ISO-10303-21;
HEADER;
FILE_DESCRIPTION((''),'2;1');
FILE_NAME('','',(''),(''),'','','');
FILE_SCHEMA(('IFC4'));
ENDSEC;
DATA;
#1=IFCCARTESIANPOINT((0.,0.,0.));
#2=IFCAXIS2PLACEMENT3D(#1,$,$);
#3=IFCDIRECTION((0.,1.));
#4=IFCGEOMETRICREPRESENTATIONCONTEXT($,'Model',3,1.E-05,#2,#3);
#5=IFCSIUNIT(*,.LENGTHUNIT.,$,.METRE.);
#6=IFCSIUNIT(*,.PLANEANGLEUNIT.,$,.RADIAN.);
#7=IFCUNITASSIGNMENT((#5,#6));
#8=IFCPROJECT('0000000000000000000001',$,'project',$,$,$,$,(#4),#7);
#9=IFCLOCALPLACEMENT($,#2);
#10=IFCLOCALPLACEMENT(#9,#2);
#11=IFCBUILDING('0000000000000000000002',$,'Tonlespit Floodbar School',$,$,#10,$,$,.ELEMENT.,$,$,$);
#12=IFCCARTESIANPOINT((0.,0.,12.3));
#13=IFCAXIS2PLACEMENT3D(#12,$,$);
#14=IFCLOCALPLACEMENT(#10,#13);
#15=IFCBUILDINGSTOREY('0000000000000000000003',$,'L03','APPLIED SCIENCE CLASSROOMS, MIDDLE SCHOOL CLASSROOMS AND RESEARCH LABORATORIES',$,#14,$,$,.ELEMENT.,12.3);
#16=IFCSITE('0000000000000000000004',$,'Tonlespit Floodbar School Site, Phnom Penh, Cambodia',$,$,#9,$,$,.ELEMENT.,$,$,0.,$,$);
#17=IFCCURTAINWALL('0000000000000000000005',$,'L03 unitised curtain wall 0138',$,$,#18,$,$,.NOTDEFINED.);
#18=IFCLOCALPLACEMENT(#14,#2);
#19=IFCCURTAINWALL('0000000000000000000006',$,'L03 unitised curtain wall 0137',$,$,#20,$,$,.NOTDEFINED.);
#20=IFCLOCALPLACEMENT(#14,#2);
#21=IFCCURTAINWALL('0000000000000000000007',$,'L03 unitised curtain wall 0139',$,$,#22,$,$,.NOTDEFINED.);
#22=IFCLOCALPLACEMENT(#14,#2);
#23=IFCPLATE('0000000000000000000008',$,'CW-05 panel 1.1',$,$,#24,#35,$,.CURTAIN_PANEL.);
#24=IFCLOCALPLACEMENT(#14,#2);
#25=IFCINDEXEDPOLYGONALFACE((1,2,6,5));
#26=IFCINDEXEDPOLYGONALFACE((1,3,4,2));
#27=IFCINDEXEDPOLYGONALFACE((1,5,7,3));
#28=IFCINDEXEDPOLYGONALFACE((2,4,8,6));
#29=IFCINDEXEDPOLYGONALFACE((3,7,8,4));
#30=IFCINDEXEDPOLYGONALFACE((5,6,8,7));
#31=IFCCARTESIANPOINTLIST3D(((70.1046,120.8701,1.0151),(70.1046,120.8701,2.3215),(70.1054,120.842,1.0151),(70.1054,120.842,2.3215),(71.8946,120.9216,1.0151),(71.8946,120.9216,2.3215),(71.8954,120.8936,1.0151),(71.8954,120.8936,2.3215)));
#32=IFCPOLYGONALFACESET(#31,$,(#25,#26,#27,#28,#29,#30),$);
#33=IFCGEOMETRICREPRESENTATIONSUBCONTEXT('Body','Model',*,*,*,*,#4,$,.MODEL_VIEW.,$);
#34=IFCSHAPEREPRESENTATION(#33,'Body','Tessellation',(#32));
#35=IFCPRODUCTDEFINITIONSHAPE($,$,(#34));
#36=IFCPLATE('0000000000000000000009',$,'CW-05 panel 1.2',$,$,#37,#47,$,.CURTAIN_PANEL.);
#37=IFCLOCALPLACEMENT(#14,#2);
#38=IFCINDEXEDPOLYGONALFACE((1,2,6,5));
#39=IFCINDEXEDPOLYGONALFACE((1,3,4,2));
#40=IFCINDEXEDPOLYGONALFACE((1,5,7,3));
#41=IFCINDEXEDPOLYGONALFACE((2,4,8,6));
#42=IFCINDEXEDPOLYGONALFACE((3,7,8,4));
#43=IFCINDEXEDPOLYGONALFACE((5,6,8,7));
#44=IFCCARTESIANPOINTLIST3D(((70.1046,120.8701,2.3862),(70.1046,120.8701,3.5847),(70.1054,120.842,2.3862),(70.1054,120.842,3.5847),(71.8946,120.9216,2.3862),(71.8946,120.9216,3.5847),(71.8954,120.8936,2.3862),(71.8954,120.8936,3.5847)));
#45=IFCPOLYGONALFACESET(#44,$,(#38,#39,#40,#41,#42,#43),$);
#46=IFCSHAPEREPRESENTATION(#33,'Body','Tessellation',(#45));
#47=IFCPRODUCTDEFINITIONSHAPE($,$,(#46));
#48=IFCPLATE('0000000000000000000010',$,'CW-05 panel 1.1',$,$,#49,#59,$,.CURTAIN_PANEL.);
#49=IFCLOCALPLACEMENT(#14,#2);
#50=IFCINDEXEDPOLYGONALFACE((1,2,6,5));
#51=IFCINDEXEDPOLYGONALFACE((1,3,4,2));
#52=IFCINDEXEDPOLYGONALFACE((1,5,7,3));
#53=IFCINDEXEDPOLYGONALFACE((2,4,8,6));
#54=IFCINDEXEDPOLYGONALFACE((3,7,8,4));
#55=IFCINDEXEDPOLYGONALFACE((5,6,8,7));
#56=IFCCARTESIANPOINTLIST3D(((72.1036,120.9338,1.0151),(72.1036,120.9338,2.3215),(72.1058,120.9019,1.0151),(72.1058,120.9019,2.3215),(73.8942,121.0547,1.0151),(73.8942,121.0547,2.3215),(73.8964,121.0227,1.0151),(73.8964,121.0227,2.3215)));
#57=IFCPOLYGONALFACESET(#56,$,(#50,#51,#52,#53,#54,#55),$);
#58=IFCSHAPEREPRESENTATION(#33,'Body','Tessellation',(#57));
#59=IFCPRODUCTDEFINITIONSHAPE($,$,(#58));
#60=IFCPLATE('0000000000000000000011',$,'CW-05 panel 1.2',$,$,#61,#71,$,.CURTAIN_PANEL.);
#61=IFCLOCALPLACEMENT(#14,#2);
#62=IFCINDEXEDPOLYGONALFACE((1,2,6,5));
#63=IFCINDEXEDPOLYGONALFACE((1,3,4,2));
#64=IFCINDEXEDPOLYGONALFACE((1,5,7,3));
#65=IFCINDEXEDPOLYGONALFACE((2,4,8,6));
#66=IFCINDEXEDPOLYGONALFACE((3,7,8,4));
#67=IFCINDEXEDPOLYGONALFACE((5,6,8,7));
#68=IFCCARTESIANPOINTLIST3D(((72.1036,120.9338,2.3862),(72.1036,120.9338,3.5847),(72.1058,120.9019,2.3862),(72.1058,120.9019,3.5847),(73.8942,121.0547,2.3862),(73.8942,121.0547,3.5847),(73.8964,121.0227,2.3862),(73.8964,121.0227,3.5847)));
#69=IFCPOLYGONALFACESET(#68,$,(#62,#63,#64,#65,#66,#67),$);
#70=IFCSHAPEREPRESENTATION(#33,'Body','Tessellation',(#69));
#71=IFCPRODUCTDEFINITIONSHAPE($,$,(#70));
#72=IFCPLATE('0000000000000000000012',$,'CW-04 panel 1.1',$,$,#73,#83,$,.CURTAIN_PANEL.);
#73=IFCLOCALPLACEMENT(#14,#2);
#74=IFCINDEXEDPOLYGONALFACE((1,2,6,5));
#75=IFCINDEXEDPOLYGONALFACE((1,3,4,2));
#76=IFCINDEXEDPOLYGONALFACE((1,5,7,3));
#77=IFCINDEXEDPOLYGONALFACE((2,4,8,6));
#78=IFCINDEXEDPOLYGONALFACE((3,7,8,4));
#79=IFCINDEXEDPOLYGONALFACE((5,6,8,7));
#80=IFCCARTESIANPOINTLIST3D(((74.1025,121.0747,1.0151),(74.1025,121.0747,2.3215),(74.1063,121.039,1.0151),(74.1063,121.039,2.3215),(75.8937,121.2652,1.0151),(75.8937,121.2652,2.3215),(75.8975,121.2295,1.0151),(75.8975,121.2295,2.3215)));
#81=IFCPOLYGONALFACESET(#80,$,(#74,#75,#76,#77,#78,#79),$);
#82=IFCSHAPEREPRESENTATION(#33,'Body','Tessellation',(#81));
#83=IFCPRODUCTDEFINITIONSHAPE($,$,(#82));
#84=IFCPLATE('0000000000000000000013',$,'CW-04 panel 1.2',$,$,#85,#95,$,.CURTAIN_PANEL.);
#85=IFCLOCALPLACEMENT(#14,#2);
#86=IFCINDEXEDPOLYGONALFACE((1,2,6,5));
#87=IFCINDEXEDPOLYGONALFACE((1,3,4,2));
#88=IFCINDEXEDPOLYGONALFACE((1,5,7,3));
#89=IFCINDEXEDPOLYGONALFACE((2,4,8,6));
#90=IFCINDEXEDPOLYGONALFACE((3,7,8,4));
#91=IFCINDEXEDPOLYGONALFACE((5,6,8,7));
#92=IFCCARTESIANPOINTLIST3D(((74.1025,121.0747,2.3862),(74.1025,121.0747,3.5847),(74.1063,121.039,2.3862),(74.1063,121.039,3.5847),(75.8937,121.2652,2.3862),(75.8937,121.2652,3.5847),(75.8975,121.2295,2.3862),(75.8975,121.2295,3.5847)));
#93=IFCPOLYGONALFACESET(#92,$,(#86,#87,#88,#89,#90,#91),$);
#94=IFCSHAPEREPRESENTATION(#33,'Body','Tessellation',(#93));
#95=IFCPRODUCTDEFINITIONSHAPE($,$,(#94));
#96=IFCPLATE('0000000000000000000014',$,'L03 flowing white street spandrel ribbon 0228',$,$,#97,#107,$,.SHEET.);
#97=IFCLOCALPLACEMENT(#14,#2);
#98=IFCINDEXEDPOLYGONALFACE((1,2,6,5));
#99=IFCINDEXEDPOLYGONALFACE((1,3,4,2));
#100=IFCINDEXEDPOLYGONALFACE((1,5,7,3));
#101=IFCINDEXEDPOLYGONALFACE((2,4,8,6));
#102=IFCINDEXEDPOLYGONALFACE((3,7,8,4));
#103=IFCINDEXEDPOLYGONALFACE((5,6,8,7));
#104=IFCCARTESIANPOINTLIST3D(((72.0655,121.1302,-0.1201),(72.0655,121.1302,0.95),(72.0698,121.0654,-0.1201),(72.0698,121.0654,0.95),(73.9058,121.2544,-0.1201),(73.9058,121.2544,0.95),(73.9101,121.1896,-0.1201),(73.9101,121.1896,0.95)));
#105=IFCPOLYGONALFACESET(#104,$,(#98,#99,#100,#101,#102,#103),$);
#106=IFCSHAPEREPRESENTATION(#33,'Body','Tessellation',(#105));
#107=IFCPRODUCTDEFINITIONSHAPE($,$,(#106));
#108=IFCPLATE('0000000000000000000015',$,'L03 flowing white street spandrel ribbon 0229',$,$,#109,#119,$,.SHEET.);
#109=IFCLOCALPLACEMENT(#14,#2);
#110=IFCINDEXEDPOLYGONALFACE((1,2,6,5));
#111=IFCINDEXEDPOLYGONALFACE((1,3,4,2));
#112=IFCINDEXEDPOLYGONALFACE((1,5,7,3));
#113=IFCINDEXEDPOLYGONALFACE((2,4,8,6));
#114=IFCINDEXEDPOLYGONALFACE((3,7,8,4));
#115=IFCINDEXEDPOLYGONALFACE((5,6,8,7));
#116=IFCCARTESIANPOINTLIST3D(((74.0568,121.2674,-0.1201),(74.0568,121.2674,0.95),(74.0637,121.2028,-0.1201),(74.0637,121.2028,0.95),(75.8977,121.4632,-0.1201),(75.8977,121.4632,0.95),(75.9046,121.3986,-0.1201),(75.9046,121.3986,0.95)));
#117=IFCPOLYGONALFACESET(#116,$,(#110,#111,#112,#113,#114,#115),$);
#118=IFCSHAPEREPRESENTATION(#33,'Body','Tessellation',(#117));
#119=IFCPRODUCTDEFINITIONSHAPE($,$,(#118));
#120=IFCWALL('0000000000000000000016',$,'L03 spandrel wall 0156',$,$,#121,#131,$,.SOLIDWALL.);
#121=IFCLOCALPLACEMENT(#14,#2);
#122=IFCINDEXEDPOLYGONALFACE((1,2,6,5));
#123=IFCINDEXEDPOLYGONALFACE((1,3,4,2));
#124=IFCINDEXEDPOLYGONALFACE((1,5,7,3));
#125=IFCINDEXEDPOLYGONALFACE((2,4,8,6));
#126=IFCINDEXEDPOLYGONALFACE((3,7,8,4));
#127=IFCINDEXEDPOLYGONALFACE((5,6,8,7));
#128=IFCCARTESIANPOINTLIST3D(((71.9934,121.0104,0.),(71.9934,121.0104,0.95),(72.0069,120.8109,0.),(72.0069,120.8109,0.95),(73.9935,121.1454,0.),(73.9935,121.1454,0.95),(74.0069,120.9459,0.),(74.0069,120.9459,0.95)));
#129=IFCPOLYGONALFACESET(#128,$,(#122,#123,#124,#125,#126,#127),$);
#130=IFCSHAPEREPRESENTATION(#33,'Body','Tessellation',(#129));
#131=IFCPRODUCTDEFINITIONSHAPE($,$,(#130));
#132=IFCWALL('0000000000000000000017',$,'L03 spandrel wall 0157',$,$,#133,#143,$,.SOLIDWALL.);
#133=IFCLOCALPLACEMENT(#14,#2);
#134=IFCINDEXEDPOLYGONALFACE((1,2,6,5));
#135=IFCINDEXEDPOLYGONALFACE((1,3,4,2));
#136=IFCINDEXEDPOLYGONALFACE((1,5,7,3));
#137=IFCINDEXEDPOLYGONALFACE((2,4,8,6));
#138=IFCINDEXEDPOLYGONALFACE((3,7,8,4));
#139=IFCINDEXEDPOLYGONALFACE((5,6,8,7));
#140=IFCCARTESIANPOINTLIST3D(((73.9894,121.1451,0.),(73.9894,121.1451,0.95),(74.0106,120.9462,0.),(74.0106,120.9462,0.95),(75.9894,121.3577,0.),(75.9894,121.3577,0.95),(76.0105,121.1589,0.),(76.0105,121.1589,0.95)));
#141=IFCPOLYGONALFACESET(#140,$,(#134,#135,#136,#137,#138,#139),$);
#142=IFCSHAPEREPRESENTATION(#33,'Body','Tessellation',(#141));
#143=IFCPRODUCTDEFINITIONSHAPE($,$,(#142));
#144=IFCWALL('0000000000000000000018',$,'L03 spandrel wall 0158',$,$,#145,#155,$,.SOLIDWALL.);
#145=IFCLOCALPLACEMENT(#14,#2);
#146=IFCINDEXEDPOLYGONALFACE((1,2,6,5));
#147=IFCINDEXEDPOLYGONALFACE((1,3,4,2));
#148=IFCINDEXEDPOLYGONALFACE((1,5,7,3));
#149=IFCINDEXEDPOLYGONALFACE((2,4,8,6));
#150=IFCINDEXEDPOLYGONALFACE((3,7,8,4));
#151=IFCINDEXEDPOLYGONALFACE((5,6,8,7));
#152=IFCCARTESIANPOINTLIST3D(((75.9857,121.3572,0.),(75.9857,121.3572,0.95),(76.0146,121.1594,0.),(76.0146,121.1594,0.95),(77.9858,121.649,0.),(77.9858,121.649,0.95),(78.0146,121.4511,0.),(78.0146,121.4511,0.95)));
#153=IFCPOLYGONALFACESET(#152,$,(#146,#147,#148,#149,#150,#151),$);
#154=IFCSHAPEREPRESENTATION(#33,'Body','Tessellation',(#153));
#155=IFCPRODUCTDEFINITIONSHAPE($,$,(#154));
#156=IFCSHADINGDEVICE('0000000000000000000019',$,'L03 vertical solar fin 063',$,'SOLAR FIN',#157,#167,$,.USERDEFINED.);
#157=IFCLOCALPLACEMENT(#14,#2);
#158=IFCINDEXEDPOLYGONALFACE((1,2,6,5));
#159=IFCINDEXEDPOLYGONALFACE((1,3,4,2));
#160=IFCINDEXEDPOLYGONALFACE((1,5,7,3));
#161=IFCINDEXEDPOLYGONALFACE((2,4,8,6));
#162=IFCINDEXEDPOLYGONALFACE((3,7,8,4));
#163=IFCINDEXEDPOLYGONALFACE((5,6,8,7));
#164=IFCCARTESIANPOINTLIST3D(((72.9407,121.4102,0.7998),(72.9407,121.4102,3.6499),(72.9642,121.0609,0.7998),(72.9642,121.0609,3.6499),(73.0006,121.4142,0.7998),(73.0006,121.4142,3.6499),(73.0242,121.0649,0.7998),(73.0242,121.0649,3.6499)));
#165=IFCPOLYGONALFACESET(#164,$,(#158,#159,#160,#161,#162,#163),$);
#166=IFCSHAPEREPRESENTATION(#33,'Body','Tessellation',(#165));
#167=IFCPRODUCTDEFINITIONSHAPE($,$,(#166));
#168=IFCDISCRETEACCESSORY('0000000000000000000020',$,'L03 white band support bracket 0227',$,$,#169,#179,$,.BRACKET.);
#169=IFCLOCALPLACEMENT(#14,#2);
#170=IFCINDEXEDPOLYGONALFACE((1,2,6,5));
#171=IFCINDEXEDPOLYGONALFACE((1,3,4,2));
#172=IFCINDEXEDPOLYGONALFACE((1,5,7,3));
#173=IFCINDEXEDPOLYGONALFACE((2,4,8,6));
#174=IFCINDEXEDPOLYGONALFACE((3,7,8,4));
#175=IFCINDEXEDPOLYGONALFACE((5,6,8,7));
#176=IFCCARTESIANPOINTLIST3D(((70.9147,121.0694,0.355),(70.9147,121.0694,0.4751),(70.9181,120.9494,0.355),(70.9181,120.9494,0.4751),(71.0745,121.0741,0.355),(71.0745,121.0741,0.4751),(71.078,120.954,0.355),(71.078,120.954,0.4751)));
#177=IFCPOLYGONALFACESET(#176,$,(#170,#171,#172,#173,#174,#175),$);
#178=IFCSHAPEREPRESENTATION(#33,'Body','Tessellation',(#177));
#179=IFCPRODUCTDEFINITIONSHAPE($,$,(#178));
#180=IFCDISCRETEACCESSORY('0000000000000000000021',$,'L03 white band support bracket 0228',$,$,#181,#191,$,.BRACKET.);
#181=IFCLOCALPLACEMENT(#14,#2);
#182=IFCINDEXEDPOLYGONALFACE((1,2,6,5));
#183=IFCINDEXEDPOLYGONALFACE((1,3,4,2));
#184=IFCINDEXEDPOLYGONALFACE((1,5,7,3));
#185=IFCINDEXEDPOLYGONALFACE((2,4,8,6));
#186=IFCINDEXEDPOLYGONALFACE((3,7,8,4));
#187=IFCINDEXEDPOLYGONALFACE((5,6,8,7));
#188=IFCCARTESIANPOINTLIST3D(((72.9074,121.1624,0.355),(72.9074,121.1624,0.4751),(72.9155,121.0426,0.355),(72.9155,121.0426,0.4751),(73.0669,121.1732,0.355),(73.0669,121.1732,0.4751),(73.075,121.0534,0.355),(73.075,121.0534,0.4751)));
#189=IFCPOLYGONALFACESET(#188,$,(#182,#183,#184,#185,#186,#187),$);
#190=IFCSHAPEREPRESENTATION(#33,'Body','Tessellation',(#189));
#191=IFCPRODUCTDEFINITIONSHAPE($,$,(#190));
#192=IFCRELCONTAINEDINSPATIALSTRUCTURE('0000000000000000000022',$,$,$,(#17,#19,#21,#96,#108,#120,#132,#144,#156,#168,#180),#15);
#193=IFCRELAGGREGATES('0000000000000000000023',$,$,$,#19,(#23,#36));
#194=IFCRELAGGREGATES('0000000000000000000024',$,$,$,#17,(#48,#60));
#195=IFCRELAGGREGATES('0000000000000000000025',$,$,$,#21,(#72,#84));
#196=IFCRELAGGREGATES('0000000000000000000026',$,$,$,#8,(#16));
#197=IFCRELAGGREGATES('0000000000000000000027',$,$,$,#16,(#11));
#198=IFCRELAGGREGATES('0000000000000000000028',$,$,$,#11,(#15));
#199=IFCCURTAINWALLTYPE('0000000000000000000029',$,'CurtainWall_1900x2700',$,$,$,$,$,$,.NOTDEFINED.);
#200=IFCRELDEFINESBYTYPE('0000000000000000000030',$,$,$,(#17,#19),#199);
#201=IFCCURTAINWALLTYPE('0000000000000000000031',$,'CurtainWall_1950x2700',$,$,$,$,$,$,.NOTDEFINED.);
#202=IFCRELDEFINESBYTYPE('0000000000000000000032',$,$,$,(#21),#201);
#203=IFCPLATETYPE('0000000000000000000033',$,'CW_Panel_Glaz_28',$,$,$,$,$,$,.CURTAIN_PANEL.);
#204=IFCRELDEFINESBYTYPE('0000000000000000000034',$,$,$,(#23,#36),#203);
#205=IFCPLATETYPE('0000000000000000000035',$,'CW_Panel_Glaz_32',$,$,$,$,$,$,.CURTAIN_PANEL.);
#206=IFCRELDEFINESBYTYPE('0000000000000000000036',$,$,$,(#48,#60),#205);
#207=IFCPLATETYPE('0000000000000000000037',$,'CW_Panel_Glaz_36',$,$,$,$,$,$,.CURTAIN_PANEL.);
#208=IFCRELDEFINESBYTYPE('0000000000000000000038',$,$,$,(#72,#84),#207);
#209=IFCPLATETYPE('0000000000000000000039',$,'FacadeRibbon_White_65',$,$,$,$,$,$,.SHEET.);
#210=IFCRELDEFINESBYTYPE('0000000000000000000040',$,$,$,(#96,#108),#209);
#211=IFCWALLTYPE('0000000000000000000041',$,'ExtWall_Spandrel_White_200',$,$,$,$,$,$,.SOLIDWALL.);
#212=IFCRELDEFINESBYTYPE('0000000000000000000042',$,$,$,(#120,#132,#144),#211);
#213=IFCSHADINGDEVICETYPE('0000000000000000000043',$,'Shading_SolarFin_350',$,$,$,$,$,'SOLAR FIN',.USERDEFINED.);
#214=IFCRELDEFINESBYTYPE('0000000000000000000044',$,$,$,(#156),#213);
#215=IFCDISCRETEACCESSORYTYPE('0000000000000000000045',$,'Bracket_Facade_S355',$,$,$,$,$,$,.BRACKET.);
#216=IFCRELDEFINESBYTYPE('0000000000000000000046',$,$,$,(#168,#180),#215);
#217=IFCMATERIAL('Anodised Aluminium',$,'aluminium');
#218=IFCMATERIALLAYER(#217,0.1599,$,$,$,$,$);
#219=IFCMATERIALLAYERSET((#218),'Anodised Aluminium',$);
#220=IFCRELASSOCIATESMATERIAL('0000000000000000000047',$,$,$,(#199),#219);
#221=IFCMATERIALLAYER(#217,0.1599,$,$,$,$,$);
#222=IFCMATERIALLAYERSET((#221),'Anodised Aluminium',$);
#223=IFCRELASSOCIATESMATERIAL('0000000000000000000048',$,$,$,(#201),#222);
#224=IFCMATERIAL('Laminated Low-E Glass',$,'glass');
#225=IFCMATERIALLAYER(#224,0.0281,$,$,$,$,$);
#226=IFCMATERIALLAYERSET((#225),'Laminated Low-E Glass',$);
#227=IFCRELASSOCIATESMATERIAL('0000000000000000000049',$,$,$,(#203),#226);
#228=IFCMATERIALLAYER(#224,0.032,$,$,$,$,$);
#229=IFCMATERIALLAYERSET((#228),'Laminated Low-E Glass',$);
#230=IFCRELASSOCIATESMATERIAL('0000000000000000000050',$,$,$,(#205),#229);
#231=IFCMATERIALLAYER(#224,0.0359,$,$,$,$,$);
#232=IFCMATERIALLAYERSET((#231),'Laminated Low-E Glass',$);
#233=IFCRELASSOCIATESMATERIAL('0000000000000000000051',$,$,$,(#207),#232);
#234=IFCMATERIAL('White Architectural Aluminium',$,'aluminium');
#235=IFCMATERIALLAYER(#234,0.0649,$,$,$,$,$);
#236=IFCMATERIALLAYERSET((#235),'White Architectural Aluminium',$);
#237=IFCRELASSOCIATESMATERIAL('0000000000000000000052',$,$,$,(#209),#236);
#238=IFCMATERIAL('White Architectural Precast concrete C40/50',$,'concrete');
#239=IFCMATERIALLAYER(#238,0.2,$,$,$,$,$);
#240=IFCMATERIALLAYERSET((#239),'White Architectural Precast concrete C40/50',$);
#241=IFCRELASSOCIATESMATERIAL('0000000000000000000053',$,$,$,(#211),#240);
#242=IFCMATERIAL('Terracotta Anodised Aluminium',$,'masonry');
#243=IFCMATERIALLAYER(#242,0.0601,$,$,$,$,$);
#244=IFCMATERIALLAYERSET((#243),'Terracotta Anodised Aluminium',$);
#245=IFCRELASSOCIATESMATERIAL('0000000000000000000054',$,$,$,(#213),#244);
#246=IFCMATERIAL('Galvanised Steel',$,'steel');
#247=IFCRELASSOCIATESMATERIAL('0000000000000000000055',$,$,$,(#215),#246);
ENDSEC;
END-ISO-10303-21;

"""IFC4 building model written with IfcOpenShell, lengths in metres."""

from ifc_helpers import new_model, si_unit, direction, frame, frame_2d, origin, origin_2d, place, context, subcontext, project, spatial, rectangle, extrude, material, layer, layer_set, type_object, element, aggregate, save


model = new_model("IFC4")

# Units and contexts
model_context = context("Model", 3, precision=1e-05, world=origin(), true_north=direction((0.0, 1.0)))
body_context = subcontext(model_context, "Body", "Model", "MODEL_VIEW")
ifc_project = project(units=[si_unit("LENGTHUNIT", "METRE"), si_unit("PLANEANGLEUNIT", "RADIAN")], contexts=[model_context])

# Site, building, storey
site_placement = place(None, origin())
site = spatial("IfcSite", under=ifc_project, at=site_placement, Name="Tonlespit Floodbar School Site, Phnom Penh, Cambodia", CompositionType="ELEMENT", RefElevation=0.0)
building_placement = place(site_placement, origin())
building = spatial("IfcBuilding", under=site, at=building_placement, Name="Tonlespit Floodbar School", CompositionType="ELEMENT")
storey_placement = place(building_placement, frame((0.0, 0.0, 12.3)))
storey = spatial("IfcBuildingStorey", under=building, at=storey_placement, Name="L03", Description="APPLIED SCIENCE CLASSROOMS, MIDDLE SCHOOL CLASSROOMS AND RESEARCH LABORATORIES", CompositionType="ELEMENT", Elevation=12.3)

# Curtain wall
ifc_material_1 = material(Name="Anodised Aluminium", Category="aluminium")
ifc_layer_1 = layer(ifc_material_1, 0.1599)
ifc_layer_set_1 = layer_set([ifc_layer_1], Name="Anodised Aluminium")
curtain_wall_type_1 = type_object("IfcCurtainWallType", Name="CurtainWall_1900x2700", PredefinedType="NOTDEFINED", material=ifc_layer_set_1)
curtain_wall_1_placement = place(storey_placement, origin())
curtain_wall_1 = element("IfcCurtainWall", 1, at=curtain_wall_1_placement, inside=storey, type_object=curtain_wall_type_1, Name="L03 unitised curtain wall 0138", PredefinedType="NOTDEFINED")

# Curtain wall
ifc_layer_2 = layer(ifc_material_1, 0.1599)
ifc_layer_set_2 = layer_set([ifc_layer_2], Name="Anodised Aluminium")
curtain_wall_type_2 = type_object("IfcCurtainWallType", Name="CurtainWall_1950x2700", PredefinedType="NOTDEFINED", material=ifc_layer_set_2)
curtain_wall_2_placement = place(storey_placement, origin())
curtain_wall_2 = element("IfcCurtainWall", 2, at=curtain_wall_2_placement, inside=storey, type_object=curtain_wall_type_1, Name="L03 unitised curtain wall 0137", PredefinedType="NOTDEFINED")

# Curtain wall
curtain_wall_3_placement = place(storey_placement, origin())
curtain_wall_3 = element("IfcCurtainWall", 3, at=curtain_wall_3_placement, inside=storey, type_object=curtain_wall_type_2, Name="L03 unitised curtain wall 0139", PredefinedType="NOTDEFINED")

# Plates
ifc_material_2 = material(Name="Laminated Low-E Glass", Category="glass")
ifc_layer_3 = layer(ifc_material_2, 0.0281)
ifc_layer_set_3 = layer_set([ifc_layer_3], Name="Laminated Low-E Glass")
plate_type_1 = type_object("IfcPlateType", Name="CW_Panel_Glaz_28", PredefinedType="CURTAIN_PANEL", material=ifc_layer_set_3)
plate_1_placement = place(storey_placement, frame((71.0, 120.8818, 1.0151), z_axis=(0.0, 0.0, 1.0), x_axis=(0.999585, 0.02879, 0.0)))
plate_1 = element("IfcPlate", 4, at=plate_1_placement, type_object=plate_type_1, Name="CW-05 panel 1.1", PredefinedType="CURTAIN_PANEL", context=body_context, shape_type="SweptSolid", body=[
    extrude(rectangle(XDim=1.7908, YDim=0.0281, at=origin_2d()), origin(), (0.0, 0.0, 1.0), 1.3064),
])
plate_2_placement = place(storey_placement, frame((71.0, 120.8818, 2.3862), z_axis=(0.0, 0.0, 1.0), x_axis=(0.999585, 0.02879, 0.0)))
plate_2 = element("IfcPlate", 5, at=plate_2_placement, type_object=plate_type_1, Name="CW-05 panel 1.2", PredefinedType="CURTAIN_PANEL", context=body_context, shape_type="SweptSolid", body=[
    extrude(rectangle(XDim=1.7908, YDim=0.0281, at=origin_2d()), origin(), (0.0, 0.0, 1.0), 1.1985),
])
aggregate(curtain_wall_2, [plate_1, plate_2])
ifc_layer_4 = layer(ifc_material_2, 0.032)
ifc_layer_set_4 = layer_set([ifc_layer_4], Name="Laminated Low-E Glass")
plate_type_2 = type_object("IfcPlateType", Name="CW_Panel_Glaz_32", PredefinedType="CURTAIN_PANEL", material=ifc_layer_set_4)
plate_3_placement = place(storey_placement, frame((73.0, 120.9783, 1.0151), z_axis=(0.0, 0.0, 1.0), x_axis=(0.99773, 0.06734, 0.0)))
plate_3 = element("IfcPlate", 6, at=plate_3_placement, type_object=plate_type_2, Name="CW-05 panel 1.1", PredefinedType="CURTAIN_PANEL", context=body_context, shape_type="SweptSolid", body=[
    extrude(rectangle(XDim=1.7947, YDim=0.032, at=origin_2d()), origin(), (0.0, 0.0, 1.0), 1.3064),
])
plate_4_placement = place(storey_placement, frame((73.0, 120.9783, 2.3862), z_axis=(0.0, 0.0, 1.0), x_axis=(0.99773, 0.06734, 0.0)))
plate_4 = element("IfcPlate", 7, at=plate_4_placement, type_object=plate_type_2, Name="CW-05 panel 1.2", PredefinedType="CURTAIN_PANEL", context=body_context, shape_type="SweptSolid", body=[
    extrude(rectangle(XDim=1.7947, YDim=0.032, at=origin_2d()), origin(), (0.0, 0.0, 1.0), 1.1985),
])
aggregate(curtain_wall_1, [plate_3, plate_4])
ifc_layer_5 = layer(ifc_material_2, 0.0359)
ifc_layer_set_5 = layer_set([ifc_layer_5], Name="Laminated Low-E Glass")
plate_type_3 = type_object("IfcPlateType", Name="CW_Panel_Glaz_36", PredefinedType="CURTAIN_PANEL", material=ifc_layer_set_5)
plate_5_placement = place(storey_placement, frame((75.0, 121.1521, 1.0151), z_axis=(0.0, 0.0, 1.0), x_axis=(0.994389, 0.105787, 0.0)))
plate_5 = element("IfcPlate", 8, at=plate_5_placement, type_object=plate_type_3, Name="CW-04 panel 1.1", PredefinedType="CURTAIN_PANEL", context=body_context, shape_type="SweptSolid", body=[
    extrude(rectangle(XDim=1.8013, YDim=0.0359, at=origin_2d()), origin(), (0.0, 0.0, 1.0), 1.3064),
])
plate_6_placement = place(storey_placement, frame((75.0, 121.1521, 2.3862), z_axis=(0.0, 0.0, 1.0), x_axis=(0.994389, 0.105787, 0.0)))
plate_6 = element("IfcPlate", 9, at=plate_6_placement, type_object=plate_type_3, Name="CW-04 panel 1.2", PredefinedType="CURTAIN_PANEL", context=body_context, shape_type="SweptSolid", body=[
    extrude(rectangle(XDim=1.8013, YDim=0.0359, at=origin_2d()), origin(), (0.0, 0.0, 1.0), 1.1985),
])
aggregate(curtain_wall_3, [plate_5, plate_6])

# Plates
ifc_material_3 = material(Name="White Architectural Aluminium", Category="aluminium")
ifc_layer_6 = layer(ifc_material_3, 0.0649)
ifc_layer_set_6 = layer_set([ifc_layer_6], Name="White Architectural Aluminium")
plate_type_4 = type_object("IfcPlateType", Name="FacadeRibbon_White_65", PredefinedType="SHEET", material=ifc_layer_set_6)
plate_7_placement = place(storey_placement, frame((72.9878, 121.1599, -0.1201), z_axis=(0.0, 0.0, 1.0), x_axis=(0.99773, 0.067347, 0.0)))
element("IfcPlate", 10, at=plate_7_placement, inside=storey, type_object=plate_type_4, Name="L03 flowing white street spandrel ribbon 0228", PredefinedType="SHEET", context=body_context, shape_type="SweptSolid", body=[
    extrude(rectangle(XDim=1.8445, YDim=0.0649, at=origin_2d()), origin(), (0.0, 0.0, 1.0), 1.0701),
])
plate_8_placement = place(storey_placement, frame((74.9807, 121.333, -0.1201), z_axis=(0.0, 0.0, 1.0), x_axis=(0.994392, 0.105754, 0.0)))
element("IfcPlate", 11, at=plate_8_placement, inside=storey, type_object=plate_type_4, Name="L03 flowing white street spandrel ribbon 0229", PredefinedType="SHEET", context=body_context, shape_type="SweptSolid", body=[
    extrude(rectangle(XDim=1.8513, YDim=0.0649, at=origin_2d()), origin(), (0.0, 0.0, 1.0), 1.0701),
])

# Walls
ifc_material_4 = material(Name="White Architectural Precast concrete C40/50", Category="concrete")
ifc_layer_7 = layer(ifc_material_4, 0.2)
ifc_layer_set_7 = layer_set([ifc_layer_7], Name="White Architectural Precast concrete C40/50")
wall_type = type_object("IfcWallType", Name="ExtWall_Spandrel_White_200", PredefinedType="SOLIDWALL", material=ifc_layer_set_7)
wall_1_placement = place(storey_placement, frame((72.0, 120.9106, 0.0), z_axis=(0.0, 0.0, 1.0), x_axis=(0.997729, 0.067352, 0.0)))
element("IfcWall", 12, at=wall_1_placement, inside=storey, type_object=wall_type, Name="L03 spandrel wall 0156", PredefinedType="SOLIDWALL", context=body_context, shape_type="SweptSolid", body=[
    extrude(rectangle(XDim=2.0046, YDim=0.2, at=frame_2d((1.0024, 0.0))), origin(), (0.0, 0.0, 1.0), 0.95),
])
wall_2_placement = place(storey_placement, frame((74.0, 121.0457, 0.0), z_axis=(0.0, 0.0, 1.0), x_axis=(0.994395, 0.105727, 0.0)))
element("IfcWall", 13, at=wall_2_placement, inside=storey, type_object=wall_type, Name="L03 spandrel wall 0157", PredefinedType="SOLIDWALL", context=body_context, shape_type="SweptSolid", body=[
    extrude(rectangle(XDim=2.0112, YDim=0.2, at=frame_2d((1.0056, 0.0))), origin(), (0.0, 0.0, 1.0), 0.95),
])
wall_3_placement = place(storey_placement, frame((76.0, 121.2583, 0.0), z_axis=(0.0, 0.0, 1.0), x_axis=(0.989527, 0.144346, 0.0)))
element("IfcWall", 14, at=wall_3_placement, inside=storey, type_object=wall_type, Name="L03 spandrel wall 0158", PredefinedType="SOLIDWALL", context=body_context, shape_type="SweptSolid", body=[
    extrude(rectangle(XDim=2.0212, YDim=0.2, at=frame_2d((1.0107, 0.0))), origin(), (0.0, 0.0, 1.0), 0.95),
])

# Shading device
ifc_material_5 = material(Name="Terracotta Anodised Aluminium", Category="masonry")
ifc_layer_8 = layer(ifc_material_5, 0.0601)
ifc_layer_set_8 = layer_set([ifc_layer_8], Name="Terracotta Anodised Aluminium")
shading_device_type = type_object("IfcShadingDeviceType", Name="Shading_SolarFin_350", ElementType="SOLAR FIN", PredefinedType="USERDEFINED", material=ifc_layer_set_8)
shading_device_placement = place(storey_placement, frame((72.9824, 121.2375, 0.7998), z_axis=(0.0, 0.0, 1.0), x_axis=(0.99773, 0.067347, 0.0)))
element("IfcShadingDevice", 15, at=shading_device_placement, inside=storey, type_object=shading_device_type, Name="L03 vertical solar fin 063", ObjectType="SOLAR FIN", PredefinedType="USERDEFINED", context=body_context, shape_type="SweptSolid", body=[
    extrude(rectangle(XDim=0.0601, YDim=0.3501, at=origin_2d()), origin(), (0.0, 0.0, 1.0), 2.8501),
])

# Discrete accessories
ifc_material_6 = material(Name="Galvanised Steel", Category="steel")
discrete_accessory_type = type_object("IfcDiscreteAccessoryType", Name="Bracket_Facade_S355", PredefinedType="BRACKET", material=ifc_material_6)
for number, where, z_axis, x_axis, name in (
    (16, (70.9963, 121.0117, 0.355), (0.0, 0.0, 1.0), (0.999584, 0.028838, 0.0), "L03 white band support bracket 0227"),
    (17, (72.9912, 121.1079, 0.355), (0.0, 0.0, 1.0), (0.99773, 0.067347, 0.0), "L03 white band support bracket 0228"),
):
    element("IfcDiscreteAccessory", number, at=place(storey_placement, frame(where, z_axis=z_axis, x_axis=x_axis)), inside=storey, type_object=discrete_accessory_type, Name=name, PredefinedType="BRACKET", context=body_context, shape_type="SweptSolid", body=[
        extrude(rectangle(XDim=0.1599, YDim=0.1201, at=origin_2d()), origin(), (0.0, 0.0, 1.0), 0.1201),
    ])

save(model, "model.ifc")
